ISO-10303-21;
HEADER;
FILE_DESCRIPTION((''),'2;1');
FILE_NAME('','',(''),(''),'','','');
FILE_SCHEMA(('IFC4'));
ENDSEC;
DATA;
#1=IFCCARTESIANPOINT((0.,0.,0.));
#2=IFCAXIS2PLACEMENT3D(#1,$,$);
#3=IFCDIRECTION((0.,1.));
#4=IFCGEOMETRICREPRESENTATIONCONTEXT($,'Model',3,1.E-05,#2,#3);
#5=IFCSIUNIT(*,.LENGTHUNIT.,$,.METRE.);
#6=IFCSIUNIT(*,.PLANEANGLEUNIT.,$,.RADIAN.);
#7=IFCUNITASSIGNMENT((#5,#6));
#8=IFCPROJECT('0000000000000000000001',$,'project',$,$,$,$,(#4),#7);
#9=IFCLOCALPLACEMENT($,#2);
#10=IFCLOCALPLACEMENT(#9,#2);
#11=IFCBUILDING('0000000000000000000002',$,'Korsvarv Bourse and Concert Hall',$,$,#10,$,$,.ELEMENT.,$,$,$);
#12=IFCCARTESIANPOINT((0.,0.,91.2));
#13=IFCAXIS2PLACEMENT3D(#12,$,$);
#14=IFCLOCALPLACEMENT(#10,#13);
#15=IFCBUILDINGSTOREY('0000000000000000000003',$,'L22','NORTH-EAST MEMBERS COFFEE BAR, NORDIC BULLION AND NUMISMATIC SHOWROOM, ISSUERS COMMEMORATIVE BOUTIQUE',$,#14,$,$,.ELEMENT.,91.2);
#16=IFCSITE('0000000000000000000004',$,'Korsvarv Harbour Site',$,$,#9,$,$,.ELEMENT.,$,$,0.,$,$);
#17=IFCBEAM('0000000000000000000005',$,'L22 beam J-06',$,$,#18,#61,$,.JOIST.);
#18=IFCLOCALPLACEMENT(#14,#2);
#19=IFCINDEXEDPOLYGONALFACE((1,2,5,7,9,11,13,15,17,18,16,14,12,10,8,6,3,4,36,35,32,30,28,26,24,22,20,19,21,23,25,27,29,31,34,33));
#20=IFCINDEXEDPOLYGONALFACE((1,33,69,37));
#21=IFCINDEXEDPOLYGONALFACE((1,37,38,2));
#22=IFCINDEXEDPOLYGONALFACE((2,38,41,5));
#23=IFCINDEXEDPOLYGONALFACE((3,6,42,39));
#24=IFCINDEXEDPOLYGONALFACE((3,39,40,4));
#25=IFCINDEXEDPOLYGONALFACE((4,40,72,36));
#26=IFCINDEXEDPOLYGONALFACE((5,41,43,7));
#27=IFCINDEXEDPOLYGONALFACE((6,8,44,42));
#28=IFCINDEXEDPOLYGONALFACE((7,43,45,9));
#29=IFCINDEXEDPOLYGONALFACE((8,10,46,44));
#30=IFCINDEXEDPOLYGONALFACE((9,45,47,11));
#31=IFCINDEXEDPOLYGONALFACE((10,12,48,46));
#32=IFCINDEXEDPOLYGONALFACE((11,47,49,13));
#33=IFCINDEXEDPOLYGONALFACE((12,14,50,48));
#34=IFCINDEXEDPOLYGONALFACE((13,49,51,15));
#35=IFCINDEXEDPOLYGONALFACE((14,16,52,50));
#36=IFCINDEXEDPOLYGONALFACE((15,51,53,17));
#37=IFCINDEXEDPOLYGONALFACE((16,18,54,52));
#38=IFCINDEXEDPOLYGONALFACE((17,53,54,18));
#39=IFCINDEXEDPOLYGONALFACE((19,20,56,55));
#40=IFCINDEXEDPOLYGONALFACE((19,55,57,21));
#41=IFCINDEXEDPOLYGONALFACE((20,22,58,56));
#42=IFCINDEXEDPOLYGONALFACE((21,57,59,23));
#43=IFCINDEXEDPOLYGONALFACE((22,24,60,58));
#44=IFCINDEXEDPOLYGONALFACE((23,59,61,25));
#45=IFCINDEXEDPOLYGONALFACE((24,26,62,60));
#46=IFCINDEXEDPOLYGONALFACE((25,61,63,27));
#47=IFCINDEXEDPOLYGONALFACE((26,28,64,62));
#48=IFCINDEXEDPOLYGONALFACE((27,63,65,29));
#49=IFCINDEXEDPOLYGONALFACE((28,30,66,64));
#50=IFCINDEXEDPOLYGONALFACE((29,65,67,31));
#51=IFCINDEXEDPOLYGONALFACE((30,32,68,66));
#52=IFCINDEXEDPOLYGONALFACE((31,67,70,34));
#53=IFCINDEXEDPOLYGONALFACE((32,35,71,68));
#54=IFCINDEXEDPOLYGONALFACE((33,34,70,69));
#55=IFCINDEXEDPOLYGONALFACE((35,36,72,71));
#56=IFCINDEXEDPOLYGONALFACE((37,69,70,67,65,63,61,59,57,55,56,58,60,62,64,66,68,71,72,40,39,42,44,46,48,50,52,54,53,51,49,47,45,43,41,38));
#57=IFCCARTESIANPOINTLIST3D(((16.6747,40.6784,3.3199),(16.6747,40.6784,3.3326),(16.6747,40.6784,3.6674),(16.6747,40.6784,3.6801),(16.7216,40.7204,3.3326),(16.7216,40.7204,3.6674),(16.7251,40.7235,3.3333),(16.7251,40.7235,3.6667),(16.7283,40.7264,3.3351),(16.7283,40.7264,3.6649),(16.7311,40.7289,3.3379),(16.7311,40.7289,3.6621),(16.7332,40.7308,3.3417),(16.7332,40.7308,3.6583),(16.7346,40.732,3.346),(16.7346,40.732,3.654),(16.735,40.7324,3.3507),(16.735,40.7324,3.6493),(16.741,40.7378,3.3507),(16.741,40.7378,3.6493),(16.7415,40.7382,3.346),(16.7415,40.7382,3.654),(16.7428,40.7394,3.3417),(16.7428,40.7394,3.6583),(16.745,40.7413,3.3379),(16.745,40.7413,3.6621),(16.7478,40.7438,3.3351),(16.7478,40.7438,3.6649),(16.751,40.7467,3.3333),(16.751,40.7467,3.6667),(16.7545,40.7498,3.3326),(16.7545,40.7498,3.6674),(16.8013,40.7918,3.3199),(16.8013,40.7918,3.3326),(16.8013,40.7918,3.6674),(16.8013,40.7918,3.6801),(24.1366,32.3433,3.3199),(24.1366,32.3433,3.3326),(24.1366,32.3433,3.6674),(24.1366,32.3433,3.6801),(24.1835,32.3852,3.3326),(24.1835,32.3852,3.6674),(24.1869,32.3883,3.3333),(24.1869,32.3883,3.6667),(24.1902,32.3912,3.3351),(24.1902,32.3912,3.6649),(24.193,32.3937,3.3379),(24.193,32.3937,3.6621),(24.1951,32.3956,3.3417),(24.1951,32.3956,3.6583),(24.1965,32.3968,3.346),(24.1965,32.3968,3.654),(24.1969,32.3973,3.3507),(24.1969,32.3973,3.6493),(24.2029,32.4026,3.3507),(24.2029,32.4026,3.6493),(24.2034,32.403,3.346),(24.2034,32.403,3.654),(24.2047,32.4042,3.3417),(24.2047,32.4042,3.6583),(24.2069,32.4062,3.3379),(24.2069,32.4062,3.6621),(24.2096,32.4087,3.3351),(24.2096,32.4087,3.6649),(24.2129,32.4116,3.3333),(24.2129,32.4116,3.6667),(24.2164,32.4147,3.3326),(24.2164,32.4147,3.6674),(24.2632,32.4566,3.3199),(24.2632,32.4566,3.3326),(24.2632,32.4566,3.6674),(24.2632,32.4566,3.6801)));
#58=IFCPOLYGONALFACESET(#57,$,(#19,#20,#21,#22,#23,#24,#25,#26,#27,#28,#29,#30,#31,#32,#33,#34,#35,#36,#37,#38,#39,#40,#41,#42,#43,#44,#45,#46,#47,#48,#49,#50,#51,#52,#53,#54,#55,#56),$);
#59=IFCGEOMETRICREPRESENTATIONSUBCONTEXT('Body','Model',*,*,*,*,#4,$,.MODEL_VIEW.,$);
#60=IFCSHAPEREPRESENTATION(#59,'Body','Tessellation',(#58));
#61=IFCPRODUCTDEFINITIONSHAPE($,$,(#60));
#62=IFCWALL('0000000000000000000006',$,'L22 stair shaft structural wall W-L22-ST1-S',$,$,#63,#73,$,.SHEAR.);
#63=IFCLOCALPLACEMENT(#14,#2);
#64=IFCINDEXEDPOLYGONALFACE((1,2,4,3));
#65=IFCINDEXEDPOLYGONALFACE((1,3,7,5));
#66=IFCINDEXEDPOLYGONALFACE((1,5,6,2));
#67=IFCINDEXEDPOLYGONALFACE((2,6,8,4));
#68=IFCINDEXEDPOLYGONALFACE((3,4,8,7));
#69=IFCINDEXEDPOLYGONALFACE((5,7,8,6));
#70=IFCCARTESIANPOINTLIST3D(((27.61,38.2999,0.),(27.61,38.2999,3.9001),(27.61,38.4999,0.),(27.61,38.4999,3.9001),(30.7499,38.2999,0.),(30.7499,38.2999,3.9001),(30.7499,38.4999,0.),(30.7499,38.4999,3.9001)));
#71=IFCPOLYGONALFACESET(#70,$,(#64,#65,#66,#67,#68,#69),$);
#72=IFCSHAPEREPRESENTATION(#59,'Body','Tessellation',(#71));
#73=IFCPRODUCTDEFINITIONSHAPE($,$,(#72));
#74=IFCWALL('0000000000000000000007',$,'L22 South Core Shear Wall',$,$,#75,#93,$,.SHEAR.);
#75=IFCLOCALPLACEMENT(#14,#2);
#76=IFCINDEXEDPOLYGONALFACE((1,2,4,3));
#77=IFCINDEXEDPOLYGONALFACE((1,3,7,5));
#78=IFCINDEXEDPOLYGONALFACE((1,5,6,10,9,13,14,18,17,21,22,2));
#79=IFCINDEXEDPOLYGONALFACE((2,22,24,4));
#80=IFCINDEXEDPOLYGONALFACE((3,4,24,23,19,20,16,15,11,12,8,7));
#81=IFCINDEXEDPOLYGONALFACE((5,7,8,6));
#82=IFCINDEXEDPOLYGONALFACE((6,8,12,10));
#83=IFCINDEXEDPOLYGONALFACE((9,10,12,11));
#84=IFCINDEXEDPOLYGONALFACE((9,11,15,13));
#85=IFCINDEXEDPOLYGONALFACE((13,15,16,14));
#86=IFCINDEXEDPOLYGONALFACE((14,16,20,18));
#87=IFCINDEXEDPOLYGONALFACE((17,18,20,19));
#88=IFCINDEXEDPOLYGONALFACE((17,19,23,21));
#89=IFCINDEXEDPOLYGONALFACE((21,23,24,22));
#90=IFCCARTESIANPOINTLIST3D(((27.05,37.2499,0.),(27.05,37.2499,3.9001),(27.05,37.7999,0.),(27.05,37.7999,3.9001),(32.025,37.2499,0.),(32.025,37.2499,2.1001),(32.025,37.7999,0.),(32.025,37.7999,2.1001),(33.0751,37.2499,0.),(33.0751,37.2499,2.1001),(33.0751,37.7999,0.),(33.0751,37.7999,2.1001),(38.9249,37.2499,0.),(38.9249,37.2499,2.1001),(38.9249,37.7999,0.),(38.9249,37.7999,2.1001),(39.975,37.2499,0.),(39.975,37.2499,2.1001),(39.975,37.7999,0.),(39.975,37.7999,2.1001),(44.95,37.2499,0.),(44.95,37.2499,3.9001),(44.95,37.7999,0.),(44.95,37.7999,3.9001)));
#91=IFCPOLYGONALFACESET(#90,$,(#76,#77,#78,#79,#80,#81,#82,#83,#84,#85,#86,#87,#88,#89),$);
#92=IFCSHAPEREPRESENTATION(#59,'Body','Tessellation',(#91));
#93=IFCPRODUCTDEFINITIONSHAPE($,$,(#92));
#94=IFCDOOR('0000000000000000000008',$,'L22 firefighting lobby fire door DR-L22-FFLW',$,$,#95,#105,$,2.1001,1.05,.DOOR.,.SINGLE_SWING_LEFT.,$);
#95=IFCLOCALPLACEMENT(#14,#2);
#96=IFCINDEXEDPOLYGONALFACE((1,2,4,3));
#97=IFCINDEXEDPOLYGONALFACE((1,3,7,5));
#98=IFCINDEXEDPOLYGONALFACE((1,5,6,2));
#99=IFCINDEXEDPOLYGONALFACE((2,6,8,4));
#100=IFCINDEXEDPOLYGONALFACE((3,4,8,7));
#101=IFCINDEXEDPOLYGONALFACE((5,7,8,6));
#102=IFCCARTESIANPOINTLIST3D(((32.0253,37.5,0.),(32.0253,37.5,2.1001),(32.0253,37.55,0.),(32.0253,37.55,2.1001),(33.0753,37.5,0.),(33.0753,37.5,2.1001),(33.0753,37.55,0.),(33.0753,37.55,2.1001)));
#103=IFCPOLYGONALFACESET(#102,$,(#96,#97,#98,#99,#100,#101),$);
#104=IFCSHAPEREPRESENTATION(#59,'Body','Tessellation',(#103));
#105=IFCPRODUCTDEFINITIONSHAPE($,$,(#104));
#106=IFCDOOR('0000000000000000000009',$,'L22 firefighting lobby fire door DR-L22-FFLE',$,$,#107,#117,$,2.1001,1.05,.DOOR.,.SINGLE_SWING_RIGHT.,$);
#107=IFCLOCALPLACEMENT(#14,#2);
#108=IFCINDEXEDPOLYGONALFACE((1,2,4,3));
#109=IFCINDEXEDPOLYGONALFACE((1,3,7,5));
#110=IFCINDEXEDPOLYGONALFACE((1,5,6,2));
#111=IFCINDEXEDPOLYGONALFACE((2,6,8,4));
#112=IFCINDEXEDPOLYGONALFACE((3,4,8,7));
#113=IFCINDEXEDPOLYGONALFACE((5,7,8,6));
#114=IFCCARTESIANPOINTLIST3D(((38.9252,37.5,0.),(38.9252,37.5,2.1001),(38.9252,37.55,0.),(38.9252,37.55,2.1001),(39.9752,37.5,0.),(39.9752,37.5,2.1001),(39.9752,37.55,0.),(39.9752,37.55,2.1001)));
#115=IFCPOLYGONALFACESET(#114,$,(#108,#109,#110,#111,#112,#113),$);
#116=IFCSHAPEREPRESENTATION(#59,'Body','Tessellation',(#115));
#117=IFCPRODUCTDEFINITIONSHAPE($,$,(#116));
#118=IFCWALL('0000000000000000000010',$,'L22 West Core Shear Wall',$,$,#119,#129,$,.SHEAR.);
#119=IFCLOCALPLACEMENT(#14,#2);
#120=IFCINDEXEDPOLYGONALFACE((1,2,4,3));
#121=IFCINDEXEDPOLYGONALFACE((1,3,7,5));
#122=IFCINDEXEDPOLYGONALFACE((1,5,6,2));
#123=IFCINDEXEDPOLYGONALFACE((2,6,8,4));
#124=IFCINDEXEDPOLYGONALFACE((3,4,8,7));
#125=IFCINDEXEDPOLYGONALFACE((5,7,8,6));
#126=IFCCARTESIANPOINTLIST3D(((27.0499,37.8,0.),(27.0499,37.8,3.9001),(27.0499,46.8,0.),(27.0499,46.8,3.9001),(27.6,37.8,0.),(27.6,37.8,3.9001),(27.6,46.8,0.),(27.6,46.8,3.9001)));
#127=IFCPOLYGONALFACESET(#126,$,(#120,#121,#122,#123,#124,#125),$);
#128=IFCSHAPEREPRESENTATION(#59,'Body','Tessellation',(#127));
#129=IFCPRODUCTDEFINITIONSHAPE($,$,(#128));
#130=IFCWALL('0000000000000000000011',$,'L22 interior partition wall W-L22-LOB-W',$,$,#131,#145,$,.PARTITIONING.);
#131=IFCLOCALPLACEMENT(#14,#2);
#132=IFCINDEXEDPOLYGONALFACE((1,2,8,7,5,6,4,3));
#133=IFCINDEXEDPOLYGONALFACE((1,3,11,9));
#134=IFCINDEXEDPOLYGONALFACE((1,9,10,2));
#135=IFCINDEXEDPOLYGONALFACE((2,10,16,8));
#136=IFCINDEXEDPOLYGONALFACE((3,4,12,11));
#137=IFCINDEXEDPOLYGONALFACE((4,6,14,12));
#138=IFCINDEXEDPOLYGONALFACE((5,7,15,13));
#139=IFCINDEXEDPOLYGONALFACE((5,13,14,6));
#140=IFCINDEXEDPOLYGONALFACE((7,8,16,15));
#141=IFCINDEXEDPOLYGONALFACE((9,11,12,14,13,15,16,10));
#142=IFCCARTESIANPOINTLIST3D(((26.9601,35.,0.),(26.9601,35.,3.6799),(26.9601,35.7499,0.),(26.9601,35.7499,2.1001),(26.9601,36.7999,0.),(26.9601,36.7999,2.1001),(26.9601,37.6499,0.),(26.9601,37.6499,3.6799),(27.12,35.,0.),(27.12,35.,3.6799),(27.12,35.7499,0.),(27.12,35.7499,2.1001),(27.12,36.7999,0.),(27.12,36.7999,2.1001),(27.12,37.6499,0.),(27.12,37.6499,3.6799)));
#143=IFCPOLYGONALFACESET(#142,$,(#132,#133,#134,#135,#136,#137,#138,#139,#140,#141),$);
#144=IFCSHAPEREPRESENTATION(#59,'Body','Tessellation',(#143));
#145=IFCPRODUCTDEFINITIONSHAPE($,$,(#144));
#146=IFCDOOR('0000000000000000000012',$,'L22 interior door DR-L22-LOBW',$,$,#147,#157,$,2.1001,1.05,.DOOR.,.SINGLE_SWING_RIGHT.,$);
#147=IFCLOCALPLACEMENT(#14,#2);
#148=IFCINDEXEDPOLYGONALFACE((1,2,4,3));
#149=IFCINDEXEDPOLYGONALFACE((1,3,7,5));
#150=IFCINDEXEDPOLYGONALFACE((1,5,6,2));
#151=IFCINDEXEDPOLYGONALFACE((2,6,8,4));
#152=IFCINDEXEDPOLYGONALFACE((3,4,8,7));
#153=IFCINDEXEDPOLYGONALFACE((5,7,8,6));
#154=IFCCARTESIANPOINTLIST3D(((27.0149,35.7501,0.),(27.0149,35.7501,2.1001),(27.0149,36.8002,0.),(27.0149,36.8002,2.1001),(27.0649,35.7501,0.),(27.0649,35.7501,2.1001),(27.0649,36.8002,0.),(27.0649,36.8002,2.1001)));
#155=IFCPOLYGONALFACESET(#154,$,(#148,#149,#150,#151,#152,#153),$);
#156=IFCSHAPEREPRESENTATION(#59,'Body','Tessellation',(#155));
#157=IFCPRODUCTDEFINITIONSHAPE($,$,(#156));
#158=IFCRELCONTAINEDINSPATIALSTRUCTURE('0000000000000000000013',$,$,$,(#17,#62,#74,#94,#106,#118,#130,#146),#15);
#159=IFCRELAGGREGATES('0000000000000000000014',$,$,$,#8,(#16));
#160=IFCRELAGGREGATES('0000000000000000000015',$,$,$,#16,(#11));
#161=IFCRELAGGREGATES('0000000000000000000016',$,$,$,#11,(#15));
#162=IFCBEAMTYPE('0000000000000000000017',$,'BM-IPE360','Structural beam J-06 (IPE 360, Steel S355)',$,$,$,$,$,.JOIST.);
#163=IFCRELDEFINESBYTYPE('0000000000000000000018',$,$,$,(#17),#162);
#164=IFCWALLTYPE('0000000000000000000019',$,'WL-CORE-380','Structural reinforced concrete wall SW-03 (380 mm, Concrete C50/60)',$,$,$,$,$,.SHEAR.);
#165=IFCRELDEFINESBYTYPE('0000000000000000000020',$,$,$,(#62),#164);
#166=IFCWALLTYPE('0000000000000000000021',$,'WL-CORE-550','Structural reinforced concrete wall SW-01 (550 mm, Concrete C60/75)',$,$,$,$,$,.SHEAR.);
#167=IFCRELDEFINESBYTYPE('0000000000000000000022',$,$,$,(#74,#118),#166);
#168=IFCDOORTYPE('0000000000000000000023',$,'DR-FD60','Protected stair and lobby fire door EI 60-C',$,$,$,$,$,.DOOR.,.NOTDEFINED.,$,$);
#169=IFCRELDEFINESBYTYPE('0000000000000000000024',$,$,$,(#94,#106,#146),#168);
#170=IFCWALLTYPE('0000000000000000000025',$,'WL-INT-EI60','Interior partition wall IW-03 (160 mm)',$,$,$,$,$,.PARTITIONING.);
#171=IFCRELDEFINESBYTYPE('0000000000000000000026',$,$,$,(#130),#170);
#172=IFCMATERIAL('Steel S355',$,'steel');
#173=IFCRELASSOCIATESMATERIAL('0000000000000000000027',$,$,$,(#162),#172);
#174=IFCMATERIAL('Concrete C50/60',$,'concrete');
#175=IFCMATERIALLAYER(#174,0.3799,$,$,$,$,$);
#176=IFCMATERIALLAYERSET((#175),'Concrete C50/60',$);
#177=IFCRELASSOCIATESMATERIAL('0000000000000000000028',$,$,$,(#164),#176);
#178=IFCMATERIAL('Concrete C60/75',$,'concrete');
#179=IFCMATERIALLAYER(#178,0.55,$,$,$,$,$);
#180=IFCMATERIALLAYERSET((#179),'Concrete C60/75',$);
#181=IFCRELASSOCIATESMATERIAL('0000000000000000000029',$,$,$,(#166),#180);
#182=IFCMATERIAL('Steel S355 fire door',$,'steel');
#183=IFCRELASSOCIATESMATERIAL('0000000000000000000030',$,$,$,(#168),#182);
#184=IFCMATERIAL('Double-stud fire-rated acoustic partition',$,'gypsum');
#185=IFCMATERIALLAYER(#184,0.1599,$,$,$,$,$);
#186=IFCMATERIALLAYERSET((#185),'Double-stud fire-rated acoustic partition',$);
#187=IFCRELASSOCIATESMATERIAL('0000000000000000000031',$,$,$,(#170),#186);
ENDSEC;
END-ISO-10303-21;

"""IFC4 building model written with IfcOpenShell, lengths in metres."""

from ifc_helpers import new_model, si_unit, direction, frame, frame_2d, origin, origin_2d, place, context, subcontext, project, spatial, rectangle, i_section, extrude, source, transform, mapped, material, layer, layer_set, material_profile, profile_set, type_object, element, fill, save


model = new_model("IFC4")

# Units and contexts
model_context = context("Model", 3, precision=1e-05, world=origin(), true_north=direction((0.0, 1.0)))
body_context = subcontext(model_context, "Body", "Model", "MODEL_VIEW")
ifc_project = project(units=[si_unit("LENGTHUNIT", "METRE"), si_unit("PLANEANGLEUNIT", "RADIAN")], contexts=[model_context])

# Site, building, storey
site_placement = place(None, origin())
site = spatial("IfcSite", under=ifc_project, at=site_placement, Name="Korsvarv Harbour Site", CompositionType="ELEMENT", RefElevation=0.0)
building_placement = place(site_placement, origin())
building = spatial("IfcBuilding", under=site, at=building_placement, Name="Korsvarv Bourse and Concert Hall", CompositionType="ELEMENT")
storey_placement = place(building_placement, frame((0.0, 0.0, 91.2)))
storey = spatial("IfcBuildingStorey", under=building, at=storey_placement, Name="L22", Description="NORTH-EAST MEMBERS COFFEE BAR, NORDIC BULLION AND NUMISMATIC SHOWROOM, ISSUERS COMMEMORATIVE BOUTIQUE", CompositionType="ELEMENT", Elevation=91.2)

# Shared definitions
ifc_material_1 = material(Name="Concrete C60/75", Category="concrete")

# Beam
ifc_material_2 = material(Name="Steel S355", Category="steel")
ifc_material_profile_1 = material_profile(ifc_material_2, i_section(OverallWidth=0.1699, OverallDepth=0.3601, WebThickness=0.0081, FlangeThickness=0.0127, FilletRadius=0.0181, at=origin_2d()), Name="IPE 360")
ifc_profile_set_1 = profile_set([ifc_material_profile_1], Name="Steel S355")
beam_type_1 = type_object("IfcBeamType", Name="BM-IPE360", Description="Structural beam J-06 (IPE 360, Steel S355)", PredefinedType="JOIST", material=ifc_profile_set_1)
shared_shape_1 = source(origin(), body_context, "Body", "SweptSolid", [
    extrude(i_section(OverallWidth=0.1699, OverallDepth=0.3601, WebThickness=0.0081, FlangeThickness=0.0127, FilletRadius=0.0181, at=origin_2d()), origin(), (0.0, 0.0, 1.0), 11.1873),
])
beam_1_placement = place(storey_placement, frame((16.738, 40.7351, 3.5), z_axis=(0.666998, -0.745059, 0.0), x_axis=(0.745059, 0.666998, 0.0)))
element("IfcBeam", 1, at=beam_1_placement, inside=storey, type_object=beam_type_1, Name="L22 beam J-06", PredefinedType="JOIST", context=body_context, shape_type="MappedRepresentation", body=[
    mapped(shared_shape_1, transform((0.0, 0.0, 0.0), scale=1.0)),
])

# Wall
ifc_material_3 = material(Name="Concrete C50/60", Category="concrete")
ifc_layer_1 = layer(ifc_material_3, 0.3799)
ifc_layer_set_1 = layer_set([ifc_layer_1], Name="Concrete C50/60")
wall_type_1 = type_object("IfcWallType", Name="WL-CORE-380", Description="Structural reinforced concrete wall SW-03 (380 mm, Concrete C50/60)", PredefinedType="SHEAR", material=ifc_layer_set_1)
wall_1_placement = place(storey_placement, frame((27.6101, 38.3999, 0.0), z_axis=(0.0, 0.0, 1.0), x_axis=(1.0, 0.0, 0.0)))
element("IfcWall", 2, at=wall_1_placement, inside=storey, type_object=wall_type_1, Name="L22 stair shaft structural wall W-L22-ST1-S", PredefinedType="SHEAR", context=body_context, shape_type="SweptSolid", body=[
    extrude(rectangle(XDim=3.1399, YDim=0.2, at=frame_2d((1.5698, 0.0))), origin(), (0.0, 0.0, 1.0), 3.9001),
])

# Wall, openings, doors
ifc_layer_2 = layer(ifc_material_1, 0.55)
ifc_layer_set_2 = layer_set([ifc_layer_2], Name="Concrete C60/75")
wall_type_2 = type_object("IfcWallType", Name="WL-CORE-550", Description="Structural reinforced concrete wall SW-01 (550 mm, Concrete C60/75)", PredefinedType="SHEAR", material=ifc_layer_set_2)
wall_2_placement = place(storey_placement, frame((27.05, 37.5249, 0.0), z_axis=(0.0, 0.0, 1.0), x_axis=(1.0, 0.0, 0.0)))
wall_2 = element("IfcWall", 3, at=wall_2_placement, inside=storey, type_object=wall_type_2, Name="L22 South Core Shear Wall", PredefinedType="SHEAR", context=body_context, shape_type="SweptSolid", body=[
    extrude(rectangle(XDim=17.8999, YDim=0.55, at=frame_2d((8.95, 0.0))), origin(), (0.0, 0.0, 1.0), 3.9001),
])
opening_1_placement = place(wall_2_placement, frame((4.9751, 0.0, 0.0)))
opening_1 = element("IfcOpeningElement", 4, at=opening_1_placement, cuts=wall_2, PredefinedType="OPENING", context=body_context, shape_type="SweptSolid", body=[
    extrude(rectangle(XDim=1.05, YDim=2.1001, at=frame_2d((0.5249, 1.05))), frame((0.0, 0.2852, 0.0), z_axis=(0.0, -1.0, 0.0), x_axis=(1.0, 0.0, 0.0)), (0.0, 0.0, 1.0), 0.5701),
])
opening_2_placement = place(wall_2_placement, frame((11.875, 0.0, 0.0)))
opening_2 = element("IfcOpeningElement", 5, at=opening_2_placement, cuts=wall_2, PredefinedType="OPENING", context=body_context, shape_type="SweptSolid", body=[
    extrude(rectangle(XDim=1.05, YDim=2.1001, at=frame_2d((0.5249, 1.05))), frame((0.0, 0.2852, 0.0), z_axis=(0.0, -1.0, 0.0), x_axis=(1.0, 0.0, 0.0)), (0.0, 0.0, 1.0), 0.5701),
])
ifc_material_4 = material(Name="Steel S355 fire door", Category="steel")
door_type_1 = type_object("IfcDoorType", Name="DR-FD60", Description="Protected stair and lobby fire door EI 60-C", OperationType="NOTDEFINED", PredefinedType="DOOR", material=ifc_material_4)
door_1_placement = place(opening_1_placement, frame((1.05, 0.0, 0.0), z_axis=(0.0, 0.0, 1.0), x_axis=(-1.0, 0.0, 0.0)))
door_1 = element("IfcDoor", 6, at=door_1_placement, inside=storey, type_object=door_type_1, Name="L22 firefighting lobby fire door DR-L22-FFLW", OperationType="SINGLE_SWING_LEFT", OverallHeight=2.1001, OverallWidth=1.05, PredefinedType="DOOR", context=body_context, shape_type="SweptSolid", body=[
    extrude(rectangle(XDim=1.05, YDim=2.1001, at=frame_2d((0.5249, 1.05))), frame((0.0, 0.0249, 0.0), z_axis=(0.0, -1.0, 0.0), x_axis=(1.0, 0.0, 0.0)), (0.0, 0.0, 1.0), 0.05),
])
fill(opening_1, door_1)
door_2_placement = place(opening_2_placement, frame((1.05, 0.0, 0.0), z_axis=(0.0, 0.0, 1.0), x_axis=(-1.0, 0.0, 0.0)))
door_2 = element("IfcDoor", 7, at=door_2_placement, inside=storey, type_object=door_type_1, Name="L22 firefighting lobby fire door DR-L22-FFLE", OperationType="SINGLE_SWING_RIGHT", OverallHeight=2.1001, OverallWidth=1.05, PredefinedType="DOOR", context=body_context, shape_type="SweptSolid", body=[
    extrude(rectangle(XDim=1.05, YDim=2.1001, at=frame_2d((0.5249, 1.05))), frame((0.0, 0.0249, 0.0), z_axis=(0.0, -1.0, 0.0), x_axis=(1.0, 0.0, 0.0)), (0.0, 0.0, 1.0), 0.05),
])
fill(opening_2, door_2)

# Wall
wall_3_placement = place(storey_placement, frame((27.325, 37.8, 0.0), z_axis=(0.0, 0.0, 1.0), x_axis=(0.0, 1.0, 0.0)))
element("IfcWall", 8, at=wall_3_placement, inside=storey, type_object=wall_type_2, Name="L22 West Core Shear Wall", PredefinedType="SHEAR", context=body_context, shape_type="SweptSolid", body=[
    extrude(rectangle(XDim=9.0, YDim=0.55, at=frame_2d((4.5, 0.0))), origin(), (0.0, 0.0, 1.0), 3.9001),
])

# Wall, opening, door
ifc_material_5 = material(Name="Double-stud fire-rated acoustic partition", Category="gypsum")
ifc_layer_3 = layer(ifc_material_5, 0.1599)
ifc_layer_set_3 = layer_set([ifc_layer_3], Name="Double-stud fire-rated acoustic partition")
wall_type_3 = type_object("IfcWallType", Name="WL-INT-EI60", Description="Interior partition wall IW-03 (160 mm)", PredefinedType="PARTITIONING", material=ifc_layer_set_3)
wall_4_placement = place(storey_placement, frame((27.04, 35.0, 0.0), z_axis=(0.0, 0.0, 1.0), x_axis=(0.0, 1.0, 0.0)))
wall_4 = element("IfcWall", 9, at=wall_4_placement, inside=storey, type_object=wall_type_3, Name="L22 interior partition wall W-L22-LOB-W", PredefinedType="PARTITIONING", context=body_context, shape_type="SweptSolid", body=[
    extrude(rectangle(XDim=2.6499, YDim=0.1599, at=frame_2d((1.325, 0.0))), origin(), (0.0, 0.0, 1.0), 3.6799),
])
opening_3_placement = place(wall_4_placement, frame((0.75, 0.0, 0.0)))
opening_3 = element("IfcOpeningElement", 10, at=opening_3_placement, cuts=wall_4, PredefinedType="OPENING", context=body_context, shape_type="SweptSolid", body=[
    extrude(rectangle(XDim=1.05, YDim=2.1001, at=frame_2d((0.5249, 1.05))), frame((0.0, 0.0898, 0.0), z_axis=(0.0, -1.0, 0.0), x_axis=(1.0, 0.0, 0.0)), (0.0, 0.0, 1.0), 0.1799),
])
door_3_placement = place(opening_3_placement, frame((1.05, 0.0, 0.0), z_axis=(0.0, 0.0, 1.0), x_axis=(-1.0, 0.0, 0.0)))
door_3 = element("IfcDoor", 11, at=door_3_placement, inside=storey, type_object=door_type_1, Name="L22 interior door DR-L22-LOBW", OperationType="SINGLE_SWING_RIGHT", OverallHeight=2.1001, OverallWidth=1.05, PredefinedType="DOOR", context=body_context, shape_type="SweptSolid", body=[
    extrude(rectangle(XDim=1.05, YDim=2.1001, at=frame_2d((0.5249, 1.05))), frame((0.0, 0.0249, 0.0), z_axis=(0.0, -1.0, 0.0), x_axis=(1.0, 0.0, 0.0)), (0.0, 0.0, 1.0), 0.05),
])
fill(opening_3, door_3)

save(model, "model.ifc")
